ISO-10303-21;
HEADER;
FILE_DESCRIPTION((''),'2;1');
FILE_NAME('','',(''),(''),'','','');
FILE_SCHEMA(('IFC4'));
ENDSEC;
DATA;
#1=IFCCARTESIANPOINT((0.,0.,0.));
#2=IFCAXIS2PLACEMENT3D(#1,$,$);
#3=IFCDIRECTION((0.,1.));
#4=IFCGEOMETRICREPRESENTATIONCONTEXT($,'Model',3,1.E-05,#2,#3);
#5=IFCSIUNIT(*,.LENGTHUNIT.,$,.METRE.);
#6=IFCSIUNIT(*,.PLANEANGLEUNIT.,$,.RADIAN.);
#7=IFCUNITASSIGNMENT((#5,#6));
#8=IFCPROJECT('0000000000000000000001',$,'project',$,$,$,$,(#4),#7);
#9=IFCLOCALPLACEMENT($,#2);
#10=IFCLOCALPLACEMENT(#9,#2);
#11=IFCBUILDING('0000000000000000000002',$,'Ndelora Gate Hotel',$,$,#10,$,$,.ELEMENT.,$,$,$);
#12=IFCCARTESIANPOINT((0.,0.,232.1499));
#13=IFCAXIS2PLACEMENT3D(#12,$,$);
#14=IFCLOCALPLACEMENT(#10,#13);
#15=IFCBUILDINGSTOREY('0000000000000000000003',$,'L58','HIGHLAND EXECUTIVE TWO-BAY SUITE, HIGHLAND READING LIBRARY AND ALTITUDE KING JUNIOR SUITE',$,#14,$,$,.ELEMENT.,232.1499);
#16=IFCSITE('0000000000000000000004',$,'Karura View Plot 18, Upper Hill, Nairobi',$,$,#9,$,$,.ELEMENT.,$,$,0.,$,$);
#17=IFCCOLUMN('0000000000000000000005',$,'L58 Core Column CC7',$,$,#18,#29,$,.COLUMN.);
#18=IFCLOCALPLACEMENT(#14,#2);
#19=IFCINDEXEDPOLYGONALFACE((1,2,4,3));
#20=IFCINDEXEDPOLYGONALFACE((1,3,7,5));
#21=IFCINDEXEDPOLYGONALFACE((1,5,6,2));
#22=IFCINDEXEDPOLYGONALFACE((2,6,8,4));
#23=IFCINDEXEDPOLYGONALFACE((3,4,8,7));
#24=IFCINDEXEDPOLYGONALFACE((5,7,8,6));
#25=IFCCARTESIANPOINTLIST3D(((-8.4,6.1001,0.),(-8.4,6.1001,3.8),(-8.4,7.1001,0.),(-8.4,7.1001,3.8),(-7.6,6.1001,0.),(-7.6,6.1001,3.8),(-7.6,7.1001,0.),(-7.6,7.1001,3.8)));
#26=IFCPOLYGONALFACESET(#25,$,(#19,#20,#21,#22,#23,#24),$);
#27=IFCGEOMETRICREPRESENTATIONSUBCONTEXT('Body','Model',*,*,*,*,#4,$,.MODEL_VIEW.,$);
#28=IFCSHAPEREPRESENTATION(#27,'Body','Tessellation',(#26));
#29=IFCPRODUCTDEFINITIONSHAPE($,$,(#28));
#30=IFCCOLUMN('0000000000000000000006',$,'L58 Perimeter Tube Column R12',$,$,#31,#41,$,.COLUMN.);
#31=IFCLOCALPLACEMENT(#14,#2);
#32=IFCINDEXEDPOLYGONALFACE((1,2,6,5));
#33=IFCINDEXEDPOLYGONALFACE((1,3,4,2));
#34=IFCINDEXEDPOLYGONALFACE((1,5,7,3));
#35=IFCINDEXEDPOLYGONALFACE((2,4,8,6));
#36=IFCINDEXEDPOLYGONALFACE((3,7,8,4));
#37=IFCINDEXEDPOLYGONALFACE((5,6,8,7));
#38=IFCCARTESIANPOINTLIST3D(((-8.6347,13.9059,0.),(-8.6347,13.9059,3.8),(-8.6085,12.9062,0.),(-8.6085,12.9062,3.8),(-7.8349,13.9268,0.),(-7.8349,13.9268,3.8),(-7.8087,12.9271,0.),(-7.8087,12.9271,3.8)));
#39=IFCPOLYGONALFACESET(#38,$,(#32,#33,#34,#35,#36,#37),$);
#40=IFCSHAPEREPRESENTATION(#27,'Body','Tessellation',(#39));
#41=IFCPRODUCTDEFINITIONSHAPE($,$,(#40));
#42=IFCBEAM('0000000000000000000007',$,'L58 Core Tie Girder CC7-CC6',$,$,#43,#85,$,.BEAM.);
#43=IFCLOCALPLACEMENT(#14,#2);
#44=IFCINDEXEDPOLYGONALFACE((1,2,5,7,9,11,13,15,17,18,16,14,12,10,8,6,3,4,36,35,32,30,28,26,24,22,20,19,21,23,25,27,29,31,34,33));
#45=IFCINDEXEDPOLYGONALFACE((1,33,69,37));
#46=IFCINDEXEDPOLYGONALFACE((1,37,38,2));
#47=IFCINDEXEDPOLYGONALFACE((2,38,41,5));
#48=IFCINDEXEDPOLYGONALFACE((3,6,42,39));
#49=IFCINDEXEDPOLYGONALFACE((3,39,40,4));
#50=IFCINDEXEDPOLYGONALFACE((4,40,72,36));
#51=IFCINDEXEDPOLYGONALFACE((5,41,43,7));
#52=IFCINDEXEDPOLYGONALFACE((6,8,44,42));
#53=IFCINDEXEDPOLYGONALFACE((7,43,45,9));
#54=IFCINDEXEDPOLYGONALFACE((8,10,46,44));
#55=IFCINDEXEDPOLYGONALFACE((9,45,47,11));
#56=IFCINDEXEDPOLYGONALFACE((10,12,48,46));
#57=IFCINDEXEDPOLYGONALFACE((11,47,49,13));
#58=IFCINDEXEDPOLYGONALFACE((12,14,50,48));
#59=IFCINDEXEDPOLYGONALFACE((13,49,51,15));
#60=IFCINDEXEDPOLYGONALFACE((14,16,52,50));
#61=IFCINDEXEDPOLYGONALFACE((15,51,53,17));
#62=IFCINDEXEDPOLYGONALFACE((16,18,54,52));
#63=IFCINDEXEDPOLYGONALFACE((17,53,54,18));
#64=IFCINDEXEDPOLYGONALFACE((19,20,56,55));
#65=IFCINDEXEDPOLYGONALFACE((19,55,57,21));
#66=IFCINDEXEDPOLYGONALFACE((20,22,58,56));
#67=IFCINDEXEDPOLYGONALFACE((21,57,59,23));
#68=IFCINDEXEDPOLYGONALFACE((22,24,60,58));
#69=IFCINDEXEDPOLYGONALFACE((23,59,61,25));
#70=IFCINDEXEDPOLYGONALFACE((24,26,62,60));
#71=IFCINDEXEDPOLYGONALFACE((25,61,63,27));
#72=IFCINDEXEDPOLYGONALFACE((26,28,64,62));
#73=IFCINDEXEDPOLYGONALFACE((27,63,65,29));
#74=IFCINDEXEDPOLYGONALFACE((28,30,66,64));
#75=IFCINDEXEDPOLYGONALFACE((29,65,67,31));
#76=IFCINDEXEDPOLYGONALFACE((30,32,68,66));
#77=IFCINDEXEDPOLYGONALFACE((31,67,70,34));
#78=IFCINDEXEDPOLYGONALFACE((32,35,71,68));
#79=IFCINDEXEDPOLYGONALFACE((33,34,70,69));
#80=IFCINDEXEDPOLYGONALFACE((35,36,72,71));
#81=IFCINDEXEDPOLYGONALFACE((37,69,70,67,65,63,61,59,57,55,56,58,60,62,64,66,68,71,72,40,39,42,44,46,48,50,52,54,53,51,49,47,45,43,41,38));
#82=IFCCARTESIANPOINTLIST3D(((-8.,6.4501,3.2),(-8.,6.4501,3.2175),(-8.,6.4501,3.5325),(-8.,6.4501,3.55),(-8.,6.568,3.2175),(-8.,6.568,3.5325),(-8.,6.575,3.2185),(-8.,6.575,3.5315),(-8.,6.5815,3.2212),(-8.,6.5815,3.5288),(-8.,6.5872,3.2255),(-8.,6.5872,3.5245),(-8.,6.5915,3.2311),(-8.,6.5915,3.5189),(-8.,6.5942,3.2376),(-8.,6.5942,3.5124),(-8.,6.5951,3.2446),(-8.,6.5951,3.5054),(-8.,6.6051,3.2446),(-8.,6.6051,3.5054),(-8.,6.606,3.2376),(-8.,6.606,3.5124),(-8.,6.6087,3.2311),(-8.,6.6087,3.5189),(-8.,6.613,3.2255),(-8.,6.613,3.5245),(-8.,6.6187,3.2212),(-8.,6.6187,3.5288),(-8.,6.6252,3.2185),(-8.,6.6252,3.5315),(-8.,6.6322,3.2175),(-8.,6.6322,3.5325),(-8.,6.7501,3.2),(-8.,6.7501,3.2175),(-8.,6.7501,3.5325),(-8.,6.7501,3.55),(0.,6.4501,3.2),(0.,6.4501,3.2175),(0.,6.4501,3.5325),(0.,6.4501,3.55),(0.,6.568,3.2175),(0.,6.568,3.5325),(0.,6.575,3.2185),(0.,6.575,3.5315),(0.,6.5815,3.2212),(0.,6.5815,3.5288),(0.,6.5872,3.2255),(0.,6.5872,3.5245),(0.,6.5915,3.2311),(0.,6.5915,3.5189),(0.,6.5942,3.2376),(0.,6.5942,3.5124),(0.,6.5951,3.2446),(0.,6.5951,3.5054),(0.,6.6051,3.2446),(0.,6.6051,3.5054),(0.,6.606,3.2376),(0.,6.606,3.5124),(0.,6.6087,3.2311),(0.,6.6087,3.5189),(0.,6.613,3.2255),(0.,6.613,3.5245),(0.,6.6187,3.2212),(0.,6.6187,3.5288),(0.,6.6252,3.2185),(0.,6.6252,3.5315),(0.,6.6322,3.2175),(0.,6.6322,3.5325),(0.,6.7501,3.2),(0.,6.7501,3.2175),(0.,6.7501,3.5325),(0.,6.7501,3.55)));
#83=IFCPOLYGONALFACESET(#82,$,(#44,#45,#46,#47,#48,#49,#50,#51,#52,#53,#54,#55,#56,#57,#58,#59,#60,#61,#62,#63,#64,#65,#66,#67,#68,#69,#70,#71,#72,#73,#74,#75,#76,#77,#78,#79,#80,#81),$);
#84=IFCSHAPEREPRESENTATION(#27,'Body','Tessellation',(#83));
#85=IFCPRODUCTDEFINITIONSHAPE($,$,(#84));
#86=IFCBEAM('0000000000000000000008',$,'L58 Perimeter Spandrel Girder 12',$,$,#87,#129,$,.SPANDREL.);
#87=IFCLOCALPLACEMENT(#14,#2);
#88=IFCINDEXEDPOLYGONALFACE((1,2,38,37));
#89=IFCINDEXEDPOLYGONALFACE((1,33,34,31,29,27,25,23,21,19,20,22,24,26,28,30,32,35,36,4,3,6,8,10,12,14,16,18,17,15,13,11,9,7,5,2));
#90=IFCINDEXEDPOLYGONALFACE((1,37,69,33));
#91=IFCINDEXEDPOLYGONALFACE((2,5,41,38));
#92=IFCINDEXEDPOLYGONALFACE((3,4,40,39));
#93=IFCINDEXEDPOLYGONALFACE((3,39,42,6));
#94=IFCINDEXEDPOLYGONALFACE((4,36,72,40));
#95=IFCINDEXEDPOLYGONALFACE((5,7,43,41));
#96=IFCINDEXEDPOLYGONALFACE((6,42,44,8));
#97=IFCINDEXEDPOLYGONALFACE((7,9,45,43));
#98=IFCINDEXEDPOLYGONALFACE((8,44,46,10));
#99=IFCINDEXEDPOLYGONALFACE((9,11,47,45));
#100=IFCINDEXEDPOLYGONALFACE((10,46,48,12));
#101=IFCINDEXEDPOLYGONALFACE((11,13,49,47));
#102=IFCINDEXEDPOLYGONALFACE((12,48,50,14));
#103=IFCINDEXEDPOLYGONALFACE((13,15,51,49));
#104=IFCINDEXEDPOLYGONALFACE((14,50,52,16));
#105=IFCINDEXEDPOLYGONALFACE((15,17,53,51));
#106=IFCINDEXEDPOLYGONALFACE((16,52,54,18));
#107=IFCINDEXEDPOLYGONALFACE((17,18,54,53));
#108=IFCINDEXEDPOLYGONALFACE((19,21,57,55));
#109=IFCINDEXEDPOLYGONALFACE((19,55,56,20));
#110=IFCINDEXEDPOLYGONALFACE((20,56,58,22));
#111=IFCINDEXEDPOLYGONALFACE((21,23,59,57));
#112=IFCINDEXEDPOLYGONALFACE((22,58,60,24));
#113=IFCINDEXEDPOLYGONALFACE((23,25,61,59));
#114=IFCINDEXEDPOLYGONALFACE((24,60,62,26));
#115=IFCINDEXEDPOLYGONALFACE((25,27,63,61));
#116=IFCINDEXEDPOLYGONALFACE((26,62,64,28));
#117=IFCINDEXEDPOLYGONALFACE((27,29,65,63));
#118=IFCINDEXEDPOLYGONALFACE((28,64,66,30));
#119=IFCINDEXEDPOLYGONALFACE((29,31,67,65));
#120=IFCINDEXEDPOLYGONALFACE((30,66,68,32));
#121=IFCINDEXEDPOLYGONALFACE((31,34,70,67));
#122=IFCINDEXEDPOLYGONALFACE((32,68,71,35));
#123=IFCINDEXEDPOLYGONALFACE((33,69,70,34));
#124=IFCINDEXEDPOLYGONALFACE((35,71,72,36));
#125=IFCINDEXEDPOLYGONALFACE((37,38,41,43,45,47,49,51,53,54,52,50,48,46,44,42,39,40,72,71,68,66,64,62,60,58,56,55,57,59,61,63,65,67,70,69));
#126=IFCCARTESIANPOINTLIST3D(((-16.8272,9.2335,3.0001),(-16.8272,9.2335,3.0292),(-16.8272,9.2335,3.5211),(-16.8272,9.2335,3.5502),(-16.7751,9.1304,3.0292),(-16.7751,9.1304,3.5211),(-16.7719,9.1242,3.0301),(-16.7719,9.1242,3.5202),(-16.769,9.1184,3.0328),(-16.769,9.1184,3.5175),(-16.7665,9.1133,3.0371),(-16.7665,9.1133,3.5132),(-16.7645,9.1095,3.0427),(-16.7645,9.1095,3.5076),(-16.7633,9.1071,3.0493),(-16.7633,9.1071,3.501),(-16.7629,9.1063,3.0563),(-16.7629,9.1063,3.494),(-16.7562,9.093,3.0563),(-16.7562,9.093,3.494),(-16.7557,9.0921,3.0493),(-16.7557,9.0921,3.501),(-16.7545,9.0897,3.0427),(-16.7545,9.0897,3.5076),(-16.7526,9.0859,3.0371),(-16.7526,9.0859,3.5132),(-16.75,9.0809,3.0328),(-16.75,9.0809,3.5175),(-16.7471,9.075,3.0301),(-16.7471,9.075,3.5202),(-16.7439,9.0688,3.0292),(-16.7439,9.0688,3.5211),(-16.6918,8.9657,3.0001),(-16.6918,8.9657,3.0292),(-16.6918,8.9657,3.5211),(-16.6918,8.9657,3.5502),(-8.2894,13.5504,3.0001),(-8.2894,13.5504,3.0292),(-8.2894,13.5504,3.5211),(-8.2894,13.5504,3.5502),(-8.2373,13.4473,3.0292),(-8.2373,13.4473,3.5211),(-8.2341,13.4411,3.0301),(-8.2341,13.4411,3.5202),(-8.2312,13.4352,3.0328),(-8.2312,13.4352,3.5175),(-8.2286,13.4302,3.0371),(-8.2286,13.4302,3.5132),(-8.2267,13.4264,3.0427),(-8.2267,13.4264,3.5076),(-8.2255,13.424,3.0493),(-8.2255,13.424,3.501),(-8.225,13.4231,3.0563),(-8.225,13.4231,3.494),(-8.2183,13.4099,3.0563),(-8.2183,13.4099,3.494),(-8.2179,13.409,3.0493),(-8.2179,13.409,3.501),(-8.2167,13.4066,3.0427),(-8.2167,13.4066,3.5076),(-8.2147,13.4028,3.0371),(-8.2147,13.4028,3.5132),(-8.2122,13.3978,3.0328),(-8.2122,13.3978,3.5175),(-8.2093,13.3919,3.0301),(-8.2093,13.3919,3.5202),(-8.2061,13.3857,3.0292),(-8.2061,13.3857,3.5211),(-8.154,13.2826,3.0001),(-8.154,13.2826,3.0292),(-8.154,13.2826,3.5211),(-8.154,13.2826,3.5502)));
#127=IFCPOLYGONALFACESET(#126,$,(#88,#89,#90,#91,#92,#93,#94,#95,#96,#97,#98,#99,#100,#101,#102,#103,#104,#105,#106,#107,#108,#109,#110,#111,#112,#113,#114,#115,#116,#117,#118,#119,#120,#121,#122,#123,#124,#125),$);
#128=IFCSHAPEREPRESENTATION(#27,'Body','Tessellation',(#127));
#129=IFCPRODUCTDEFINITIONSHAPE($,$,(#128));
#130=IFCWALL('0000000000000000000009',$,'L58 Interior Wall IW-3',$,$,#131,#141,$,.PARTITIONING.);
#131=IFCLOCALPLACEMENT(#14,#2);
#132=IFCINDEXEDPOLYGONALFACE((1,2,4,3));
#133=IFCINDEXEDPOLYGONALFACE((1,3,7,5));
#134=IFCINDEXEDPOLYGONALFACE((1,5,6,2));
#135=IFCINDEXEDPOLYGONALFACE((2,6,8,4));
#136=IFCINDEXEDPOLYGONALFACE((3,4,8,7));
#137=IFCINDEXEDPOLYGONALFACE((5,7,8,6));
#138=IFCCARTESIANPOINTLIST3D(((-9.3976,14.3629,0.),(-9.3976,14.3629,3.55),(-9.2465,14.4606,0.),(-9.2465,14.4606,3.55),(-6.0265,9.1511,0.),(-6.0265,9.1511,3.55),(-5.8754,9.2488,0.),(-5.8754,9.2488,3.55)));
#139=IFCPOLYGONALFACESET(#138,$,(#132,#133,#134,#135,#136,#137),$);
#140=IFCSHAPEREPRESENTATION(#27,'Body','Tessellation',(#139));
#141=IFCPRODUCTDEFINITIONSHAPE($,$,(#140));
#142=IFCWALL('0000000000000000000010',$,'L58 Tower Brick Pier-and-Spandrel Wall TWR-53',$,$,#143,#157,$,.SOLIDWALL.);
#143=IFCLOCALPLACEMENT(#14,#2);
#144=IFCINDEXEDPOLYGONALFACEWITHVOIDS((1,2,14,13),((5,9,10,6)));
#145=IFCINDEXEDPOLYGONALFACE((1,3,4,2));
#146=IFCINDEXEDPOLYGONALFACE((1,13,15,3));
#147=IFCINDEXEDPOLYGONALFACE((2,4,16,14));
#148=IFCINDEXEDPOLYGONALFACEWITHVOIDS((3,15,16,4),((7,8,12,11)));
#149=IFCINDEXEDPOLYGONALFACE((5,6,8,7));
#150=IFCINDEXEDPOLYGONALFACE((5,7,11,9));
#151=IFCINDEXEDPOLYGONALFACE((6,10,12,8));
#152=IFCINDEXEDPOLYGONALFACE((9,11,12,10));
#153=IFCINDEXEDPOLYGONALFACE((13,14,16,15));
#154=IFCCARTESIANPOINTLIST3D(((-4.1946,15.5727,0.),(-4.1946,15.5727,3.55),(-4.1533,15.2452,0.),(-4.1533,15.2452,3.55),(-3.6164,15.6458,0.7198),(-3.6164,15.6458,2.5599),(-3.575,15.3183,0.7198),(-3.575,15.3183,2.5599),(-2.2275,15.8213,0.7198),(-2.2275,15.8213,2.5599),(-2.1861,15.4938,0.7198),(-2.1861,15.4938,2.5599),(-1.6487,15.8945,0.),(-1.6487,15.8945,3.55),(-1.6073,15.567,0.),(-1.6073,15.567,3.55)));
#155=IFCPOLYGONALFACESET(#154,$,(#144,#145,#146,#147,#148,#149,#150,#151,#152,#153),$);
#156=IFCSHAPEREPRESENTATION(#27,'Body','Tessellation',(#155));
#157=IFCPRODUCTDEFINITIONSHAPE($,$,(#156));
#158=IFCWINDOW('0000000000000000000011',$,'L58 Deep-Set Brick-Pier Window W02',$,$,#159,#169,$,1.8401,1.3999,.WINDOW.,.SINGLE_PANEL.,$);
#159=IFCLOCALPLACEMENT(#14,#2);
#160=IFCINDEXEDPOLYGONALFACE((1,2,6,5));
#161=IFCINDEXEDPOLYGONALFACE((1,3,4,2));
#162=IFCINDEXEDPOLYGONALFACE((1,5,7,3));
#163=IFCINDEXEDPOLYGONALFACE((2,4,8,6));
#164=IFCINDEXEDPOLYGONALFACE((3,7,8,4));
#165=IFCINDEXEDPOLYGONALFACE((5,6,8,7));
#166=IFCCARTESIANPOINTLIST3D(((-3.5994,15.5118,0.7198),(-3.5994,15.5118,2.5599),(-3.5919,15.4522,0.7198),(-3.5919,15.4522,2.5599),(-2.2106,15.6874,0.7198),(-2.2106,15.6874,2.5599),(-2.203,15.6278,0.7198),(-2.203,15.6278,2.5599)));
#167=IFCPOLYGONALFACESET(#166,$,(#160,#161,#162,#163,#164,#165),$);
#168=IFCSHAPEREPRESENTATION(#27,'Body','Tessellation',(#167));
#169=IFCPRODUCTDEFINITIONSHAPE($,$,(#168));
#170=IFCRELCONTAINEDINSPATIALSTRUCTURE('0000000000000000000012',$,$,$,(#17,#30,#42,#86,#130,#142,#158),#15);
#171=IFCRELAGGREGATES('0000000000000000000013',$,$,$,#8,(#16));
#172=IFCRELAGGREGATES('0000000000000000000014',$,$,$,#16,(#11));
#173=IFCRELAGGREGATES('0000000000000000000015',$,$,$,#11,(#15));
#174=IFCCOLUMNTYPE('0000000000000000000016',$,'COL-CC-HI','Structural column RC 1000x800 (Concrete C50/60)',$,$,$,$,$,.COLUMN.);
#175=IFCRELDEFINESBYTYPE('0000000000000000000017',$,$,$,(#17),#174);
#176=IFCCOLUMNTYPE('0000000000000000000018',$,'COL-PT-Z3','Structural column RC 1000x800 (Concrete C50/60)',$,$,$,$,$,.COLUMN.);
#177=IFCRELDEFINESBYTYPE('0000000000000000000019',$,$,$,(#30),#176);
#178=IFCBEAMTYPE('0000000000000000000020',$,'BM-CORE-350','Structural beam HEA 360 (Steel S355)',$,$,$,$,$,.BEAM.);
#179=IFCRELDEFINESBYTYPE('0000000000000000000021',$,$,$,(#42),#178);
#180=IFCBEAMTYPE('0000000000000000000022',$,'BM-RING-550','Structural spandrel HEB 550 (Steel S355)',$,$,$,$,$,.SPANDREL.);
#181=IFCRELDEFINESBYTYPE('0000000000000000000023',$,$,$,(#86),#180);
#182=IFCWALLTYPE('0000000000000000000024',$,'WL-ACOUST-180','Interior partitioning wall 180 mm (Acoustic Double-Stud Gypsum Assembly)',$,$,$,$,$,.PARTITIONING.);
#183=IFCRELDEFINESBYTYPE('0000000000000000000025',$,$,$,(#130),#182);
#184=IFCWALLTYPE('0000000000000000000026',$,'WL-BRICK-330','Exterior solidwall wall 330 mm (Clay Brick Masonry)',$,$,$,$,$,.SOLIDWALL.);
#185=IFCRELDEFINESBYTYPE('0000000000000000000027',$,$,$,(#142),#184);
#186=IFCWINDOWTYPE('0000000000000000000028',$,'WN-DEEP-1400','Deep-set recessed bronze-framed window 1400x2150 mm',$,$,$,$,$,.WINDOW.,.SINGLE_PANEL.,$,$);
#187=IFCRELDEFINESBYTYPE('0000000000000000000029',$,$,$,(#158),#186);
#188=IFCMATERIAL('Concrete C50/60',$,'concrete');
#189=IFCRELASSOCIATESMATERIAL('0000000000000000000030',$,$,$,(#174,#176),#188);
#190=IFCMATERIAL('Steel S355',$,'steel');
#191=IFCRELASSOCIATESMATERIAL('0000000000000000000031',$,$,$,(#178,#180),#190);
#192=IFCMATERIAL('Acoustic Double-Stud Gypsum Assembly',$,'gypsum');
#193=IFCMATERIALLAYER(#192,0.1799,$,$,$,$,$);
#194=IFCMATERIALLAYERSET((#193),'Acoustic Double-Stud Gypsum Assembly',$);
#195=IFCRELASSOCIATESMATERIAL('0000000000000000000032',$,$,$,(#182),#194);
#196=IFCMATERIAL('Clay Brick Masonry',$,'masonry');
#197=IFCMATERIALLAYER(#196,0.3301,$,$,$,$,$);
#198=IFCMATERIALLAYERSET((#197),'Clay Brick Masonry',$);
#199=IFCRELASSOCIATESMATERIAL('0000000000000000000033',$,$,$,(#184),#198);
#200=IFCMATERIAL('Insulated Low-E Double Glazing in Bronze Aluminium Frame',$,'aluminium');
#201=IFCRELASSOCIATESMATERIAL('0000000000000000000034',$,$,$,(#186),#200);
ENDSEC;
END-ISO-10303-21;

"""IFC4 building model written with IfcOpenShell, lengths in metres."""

from ifc_helpers import new_model, si_unit, direction, frame, frame_2d, origin, origin_2d, place, context, subcontext, project, spatial, rectangle, i_section, extrude, material, layer, layer_set, material_profile, profile_set, type_object, element, fill, save


model = new_model("IFC4")

# Units and contexts
model_context = context("Model", 3, precision=1e-05, world=origin(), true_north=direction((0.0, 1.0)))
body_context = subcontext(model_context, "Body", "Model", "MODEL_VIEW")
ifc_project = project(units=[si_unit("LENGTHUNIT", "METRE"), si_unit("PLANEANGLEUNIT", "RADIAN")], contexts=[model_context])

# Site, building, storey
site_placement = place(None, origin())
site = spatial("IfcSite", under=ifc_project, at=site_placement, Name="Karura View Plot 18, Upper Hill, Nairobi", CompositionType="ELEMENT", RefElevation=0.0)
building_placement = place(site_placement, origin())
building = spatial("IfcBuilding", under=site, at=building_placement, Name="Ndelora Gate Hotel", CompositionType="ELEMENT")
storey_placement = place(building_placement, frame((0.0, 0.0, 232.1499)))
storey = spatial("IfcBuildingStorey", under=building, at=storey_placement, Name="L58", Description="HIGHLAND EXECUTIVE TWO-BAY SUITE, HIGHLAND READING LIBRARY AND ALTITUDE KING JUNIOR SUITE", CompositionType="ELEMENT", Elevation=232.1499)

# Columns
ifc_material_1 = material(Name="Concrete C50/60", Category="concrete")
ifc_material_profile_1 = material_profile(ifc_material_1, rectangle(XDim=0.8, YDim=1.0, at=origin_2d()), Name="RC 1000x800")
ifc_profile_set_1 = profile_set([ifc_material_profile_1], Name="Concrete C50/60")
column_type_1 = type_object("IfcColumnType", Name="COL-CC-HI", Description="Structural column RC 1000x800 (Concrete C50/60)", PredefinedType="COLUMN", material=ifc_profile_set_1)
column_1_placement = place(storey_placement, frame((-8.0, 6.6001, 0.0), z_axis=(0.0, 0.0, 1.0), x_axis=(1.0, 0.0, 0.0)))
element("IfcColumn", 1, at=column_1_placement, inside=storey, type_object=column_type_1, Name="L58 Core Column CC7", PredefinedType="COLUMN", context=body_context, shape_type="SweptSolid", body=[
    extrude(rectangle(XDim=0.8, YDim=1.0, at=origin_2d()), origin(), (0.0, 0.0, 1.0), 3.8),
])
ifc_material_profile_2 = material_profile(ifc_material_1, rectangle(XDim=0.8, YDim=1.0, at=origin_2d()), Name="RC 1000x800")
ifc_profile_set_2 = profile_set([ifc_material_profile_2], Name="Concrete C50/60")
column_type_2 = type_object("IfcColumnType", Name="COL-PT-Z3", Description="Structural column RC 1000x800 (Concrete C50/60)", PredefinedType="COLUMN", material=ifc_profile_set_2)
column_2_placement = place(storey_placement, frame((-8.2217, 13.4165, 0.0), z_axis=(0.0, 0.0, 1.0), x_axis=(0.999657, 0.026177, 0.0)))
element("IfcColumn", 2, at=column_2_placement, inside=storey, type_object=column_type_2, Name="L58 Perimeter Tube Column R12", PredefinedType="COLUMN", context=body_context, shape_type="SweptSolid", body=[
    extrude(rectangle(XDim=0.8, YDim=1.0, at=origin_2d()), origin(), (0.0, 0.0, 1.0), 3.8),
])

# Beams
ifc_material_2 = material(Name="Steel S355", Category="steel")
ifc_material_profile_3 = material_profile(ifc_material_2, i_section(OverallWidth=0.3, OverallDepth=0.3501, WebThickness=0.01, FlangeThickness=0.0176, FilletRadius=0.0271, at=origin_2d()), Name="HEA 360")
ifc_profile_set_3 = profile_set([ifc_material_profile_3], Name="Steel S355")
beam_type_1 = type_object("IfcBeamType", Name="BM-CORE-350", Description="Structural beam HEA 360 (Steel S355)", PredefinedType="BEAM", material=ifc_profile_set_3)
beam_1_placement = place(storey_placement, frame((-8.0, 6.6001, 3.375), z_axis=(1.0, 0.0, 0.0), x_axis=(0.0, 1.0, 0.0)))
element("IfcBeam", 3, at=beam_1_placement, inside=storey, type_object=beam_type_1, Name="L58 Core Tie Girder CC7-CC6", PredefinedType="BEAM", context=body_context, shape_type="SweptSolid", body=[
    extrude(i_section(OverallWidth=0.3, OverallDepth=0.3501, WebThickness=0.01, FlangeThickness=0.0176, FilletRadius=0.0271, at=origin_2d()), origin(), (0.0, 0.0, 1.0), 8.0),
])
ifc_material_profile_4 = material_profile(ifc_material_2, i_section(OverallWidth=0.3, OverallDepth=0.55, WebThickness=0.0149, FlangeThickness=0.0291, FilletRadius=0.0271, at=origin_2d()), Name="HEB 550")
ifc_profile_set_4 = profile_set([ifc_material_profile_4], Name="Steel S355")
beam_type_2 = type_object("IfcBeamType", Name="BM-RING-550", Description="Structural spandrel HEB 550 (Steel S355)", PredefinedType="SPANDREL", material=ifc_profile_set_4)
beam_2_placement = place(storey_placement, frame((-8.2217, 13.4165, 3.2751), z_axis=(-0.892412, -0.451221, 0.0), x_axis=(0.451221, -0.892412, 0.0)))
element("IfcBeam", 4, at=beam_2_placement, inside=storey, type_object=beam_type_2, Name="L58 Perimeter Spandrel Girder 12", PredefinedType="SPANDREL", context=body_context, shape_type="SweptSolid", body=[
    extrude(i_section(OverallWidth=0.3, OverallDepth=0.55, WebThickness=0.0149, FlangeThickness=0.0291, FilletRadius=0.0271, at=origin_2d()), origin(), (0.0, 0.0, 1.0), 9.5671),
])

# Wall
ifc_material_3 = material(Name="Acoustic Double-Stud Gypsum Assembly", Category="gypsum")
ifc_layer_1 = layer(ifc_material_3, 0.1799)
ifc_layer_set_1 = layer_set([ifc_layer_1], Name="Acoustic Double-Stud Gypsum Assembly")
wall_type_1 = type_object("IfcWallType", Name="WL-ACOUST-180", Description="Interior partitioning wall 180 mm (Acoustic Double-Stud Gypsum Assembly)", PredefinedType="PARTITIONING", material=ifc_layer_set_1)
wall_1_placement = place(storey_placement, frame((-5.9509, 9.2, 0.0), z_axis=(0.0, 0.0, 1.0), x_axis=(-0.543119, 0.839656, 0.0)))
element("IfcWall", 5, at=wall_1_placement, inside=storey, type_object=wall_type_1, Name="L58 Interior Wall IW-3", PredefinedType="PARTITIONING", context=body_context, shape_type="SweptSolid", body=[
    extrude(rectangle(XDim=6.207, YDim=0.1799, at=frame_2d((3.1035, 0.0))), origin(), (0.0, 0.0, 1.0), 3.55),
])

# Wall, opening, window
ifc_material_4 = material(Name="Clay Brick Masonry", Category="masonry")
ifc_layer_2 = layer(ifc_material_4, 0.3301)
ifc_layer_set_2 = layer_set([ifc_layer_2], Name="Clay Brick Masonry")
wall_type_2 = type_object("IfcWallType", Name="WL-BRICK-330", Description="Exterior solidwall wall 330 mm (Clay Brick Masonry)", PredefinedType="SOLIDWALL", material=ifc_layer_set_2)
wall_2_placement = place(storey_placement, frame((-4.1741, 15.4089, 0.0), z_axis=(0.0, 0.0, 1.0), x_axis=(0.992107, 0.125393, 0.0)))
wall_2 = element("IfcWall", 6, at=wall_2_placement, inside=storey, type_object=wall_type_2, Name="L58 Tower Brick Pier-and-Spandrel Wall TWR-53", PredefinedType="SOLIDWALL", context=body_context, shape_type="SweptSolid", body=[
    extrude(rectangle(XDim=2.5662, YDim=0.3301, at=frame_2d((1.2832, 0.0))), origin(), (0.0, 0.0, 1.0), 3.55),
])
opening_1_placement = place(wall_2_placement, frame((0.583, 0.0, 0.72)))
opening_1 = element("IfcOpeningElement", 7, at=opening_1_placement, cuts=wall_2, PredefinedType="OPENING", context=body_context, shape_type="SweptSolid", body=[
    extrude(rectangle(XDim=1.3999, YDim=1.8401, at=frame_2d((0.7, 0.9199))), frame((0.0, 0.175, 0.0), z_axis=(0.0, -1.0, 0.0), x_axis=(1.0, 0.0, 0.0)), (0.0, 0.0, 1.0), 0.3501),
])
ifc_material_5 = material(Name="Insulated Low-E Double Glazing in Bronze Aluminium Frame", Category="aluminium")
window_type = type_object("IfcWindowType", Name="WN-DEEP-1400", Description="Deep-set recessed bronze-framed window 1400x2150 mm", PartitioningType="SINGLE_PANEL", PredefinedType="WINDOW", material=ifc_material_5)
window_1_placement = place(opening_1_placement, origin())
window_1 = element("IfcWindow", 8, at=window_1_placement, inside=storey, type_object=window_type, Name="L58 Deep-Set Brick-Pier Window W02", OverallHeight=1.8401, OverallWidth=1.3999, PartitioningType="SINGLE_PANEL", PredefinedType="WINDOW", context=body_context, shape_type="SweptSolid", body=[
    extrude(rectangle(XDim=1.3999, YDim=1.8401, at=frame_2d((0.7, 0.9199))), frame((0.0, 0.03, 0.0), z_axis=(0.0, -1.0, 0.0), x_axis=(1.0, 0.0, 0.0)), (0.0, 0.0, 1.0), 0.0601),
])
fill(opening_1, window_1)

save(model, "model.ifc")
